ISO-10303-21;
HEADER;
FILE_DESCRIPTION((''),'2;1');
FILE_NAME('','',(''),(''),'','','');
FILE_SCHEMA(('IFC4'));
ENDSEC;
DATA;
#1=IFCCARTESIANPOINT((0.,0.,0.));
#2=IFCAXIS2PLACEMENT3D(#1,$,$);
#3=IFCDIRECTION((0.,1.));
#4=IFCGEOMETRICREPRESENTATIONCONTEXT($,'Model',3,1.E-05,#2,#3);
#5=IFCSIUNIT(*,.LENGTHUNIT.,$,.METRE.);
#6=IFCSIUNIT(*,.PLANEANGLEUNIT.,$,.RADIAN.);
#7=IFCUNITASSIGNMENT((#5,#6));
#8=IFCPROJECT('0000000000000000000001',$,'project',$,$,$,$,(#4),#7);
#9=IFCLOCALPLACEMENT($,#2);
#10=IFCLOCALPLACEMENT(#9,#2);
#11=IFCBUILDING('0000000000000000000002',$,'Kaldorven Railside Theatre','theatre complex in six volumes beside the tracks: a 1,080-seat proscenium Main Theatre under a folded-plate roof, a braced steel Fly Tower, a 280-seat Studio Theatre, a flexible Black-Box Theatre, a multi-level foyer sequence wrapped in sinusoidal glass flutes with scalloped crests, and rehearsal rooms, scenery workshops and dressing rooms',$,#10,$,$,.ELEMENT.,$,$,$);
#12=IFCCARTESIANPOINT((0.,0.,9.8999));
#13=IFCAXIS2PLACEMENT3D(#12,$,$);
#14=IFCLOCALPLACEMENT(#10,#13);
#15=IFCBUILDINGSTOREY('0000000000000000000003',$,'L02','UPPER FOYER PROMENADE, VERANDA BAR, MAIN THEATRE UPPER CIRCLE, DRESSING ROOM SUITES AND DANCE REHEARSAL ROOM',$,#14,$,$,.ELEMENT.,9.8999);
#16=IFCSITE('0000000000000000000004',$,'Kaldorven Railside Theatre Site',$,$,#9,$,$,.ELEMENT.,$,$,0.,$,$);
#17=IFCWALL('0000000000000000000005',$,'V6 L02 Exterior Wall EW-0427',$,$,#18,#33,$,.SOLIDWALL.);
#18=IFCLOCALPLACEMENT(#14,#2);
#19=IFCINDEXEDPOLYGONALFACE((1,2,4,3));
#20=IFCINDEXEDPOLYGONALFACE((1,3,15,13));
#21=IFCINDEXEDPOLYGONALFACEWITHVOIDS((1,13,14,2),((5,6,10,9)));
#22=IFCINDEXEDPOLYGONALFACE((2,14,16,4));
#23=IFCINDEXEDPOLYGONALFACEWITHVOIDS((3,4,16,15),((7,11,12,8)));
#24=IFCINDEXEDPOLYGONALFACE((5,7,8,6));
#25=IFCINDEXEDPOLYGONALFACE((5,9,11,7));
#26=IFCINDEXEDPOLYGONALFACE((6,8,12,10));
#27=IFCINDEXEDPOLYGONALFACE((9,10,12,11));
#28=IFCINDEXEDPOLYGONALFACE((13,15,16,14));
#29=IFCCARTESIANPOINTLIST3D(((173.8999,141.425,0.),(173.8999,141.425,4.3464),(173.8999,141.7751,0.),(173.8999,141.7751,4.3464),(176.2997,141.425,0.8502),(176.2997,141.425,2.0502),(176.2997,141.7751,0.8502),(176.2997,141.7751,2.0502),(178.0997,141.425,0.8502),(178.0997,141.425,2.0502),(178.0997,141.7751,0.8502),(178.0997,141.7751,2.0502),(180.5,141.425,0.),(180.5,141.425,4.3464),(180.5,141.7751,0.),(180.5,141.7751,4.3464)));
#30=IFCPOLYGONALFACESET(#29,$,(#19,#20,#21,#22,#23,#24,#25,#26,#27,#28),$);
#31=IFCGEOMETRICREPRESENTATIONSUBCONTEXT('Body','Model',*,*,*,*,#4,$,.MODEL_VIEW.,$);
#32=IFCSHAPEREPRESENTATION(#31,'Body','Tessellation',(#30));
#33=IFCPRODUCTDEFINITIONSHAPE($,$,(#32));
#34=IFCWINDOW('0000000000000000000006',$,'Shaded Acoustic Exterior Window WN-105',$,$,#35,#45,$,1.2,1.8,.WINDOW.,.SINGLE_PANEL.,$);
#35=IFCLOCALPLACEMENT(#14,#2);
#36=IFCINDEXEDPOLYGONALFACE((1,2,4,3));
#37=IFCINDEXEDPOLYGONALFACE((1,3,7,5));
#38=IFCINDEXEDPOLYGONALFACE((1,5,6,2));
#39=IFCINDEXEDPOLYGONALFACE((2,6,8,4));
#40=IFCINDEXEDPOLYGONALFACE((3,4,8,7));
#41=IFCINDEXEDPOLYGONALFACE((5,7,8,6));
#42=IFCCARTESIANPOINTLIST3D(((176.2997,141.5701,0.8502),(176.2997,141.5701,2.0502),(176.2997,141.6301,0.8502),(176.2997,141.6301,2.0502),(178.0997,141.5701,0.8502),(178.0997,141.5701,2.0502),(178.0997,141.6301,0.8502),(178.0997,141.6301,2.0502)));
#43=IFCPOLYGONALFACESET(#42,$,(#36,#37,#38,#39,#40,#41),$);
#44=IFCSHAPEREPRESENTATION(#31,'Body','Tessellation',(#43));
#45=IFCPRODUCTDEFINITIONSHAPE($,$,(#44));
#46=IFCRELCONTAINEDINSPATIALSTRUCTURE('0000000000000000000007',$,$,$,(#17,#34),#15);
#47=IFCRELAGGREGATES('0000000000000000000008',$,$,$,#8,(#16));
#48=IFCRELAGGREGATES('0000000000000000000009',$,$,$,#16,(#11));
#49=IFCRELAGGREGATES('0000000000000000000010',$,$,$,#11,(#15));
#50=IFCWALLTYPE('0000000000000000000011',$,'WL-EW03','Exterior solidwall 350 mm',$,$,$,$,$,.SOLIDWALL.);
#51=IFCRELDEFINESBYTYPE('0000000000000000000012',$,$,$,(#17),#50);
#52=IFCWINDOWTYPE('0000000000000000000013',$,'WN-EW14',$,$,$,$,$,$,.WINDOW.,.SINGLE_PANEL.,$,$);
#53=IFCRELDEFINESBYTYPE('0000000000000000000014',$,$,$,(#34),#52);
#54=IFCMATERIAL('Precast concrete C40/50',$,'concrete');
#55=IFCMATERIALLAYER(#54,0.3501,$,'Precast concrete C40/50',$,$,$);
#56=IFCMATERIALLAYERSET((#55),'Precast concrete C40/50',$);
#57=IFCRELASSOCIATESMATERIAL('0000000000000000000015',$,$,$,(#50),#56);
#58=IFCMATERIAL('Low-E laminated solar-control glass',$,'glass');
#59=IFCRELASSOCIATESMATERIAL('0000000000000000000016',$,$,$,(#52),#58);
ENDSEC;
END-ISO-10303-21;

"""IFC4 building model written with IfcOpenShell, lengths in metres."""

from ifc_helpers import new_model, si_unit, direction, frame, frame_2d, origin, place, context, subcontext, project, spatial, rectangle, extrude, material, layer, layer_set, type_object, element, fill, save


model = new_model("IFC4")

# Units and contexts
model_context = context("Model", 3, precision=1e-05, world=origin(), true_north=direction((0.0, 1.0)))
body_context = subcontext(model_context, "Body", "Model", "MODEL_VIEW")
ifc_project = project(units=[si_unit("LENGTHUNIT", "METRE"), si_unit("PLANEANGLEUNIT", "RADIAN")], contexts=[model_context])

# Site, building, storey
site_placement = place(None, origin())
site = spatial("IfcSite", under=ifc_project, at=site_placement, Name="Kaldorven Railside Theatre Site", CompositionType="ELEMENT", RefElevation=0.0)
building_placement = place(site_placement, origin())
building = spatial("IfcBuilding", under=site, at=building_placement, Name="Kaldorven Railside Theatre", Description="theatre complex in six volumes beside the tracks: a 1,080-seat proscenium Main Theatre under a folded-plate roof, a braced steel Fly Tower, a 280-seat Studio Theatre, a flexible Black-Box Theatre, a multi-level foyer sequence wrapped in sinusoidal glass flutes with scalloped crests, and rehearsal rooms, scenery workshops and dressing rooms", CompositionType="ELEMENT")
storey_placement = place(building_placement, frame((0.0, 0.0, 9.8999)))
storey = spatial("IfcBuildingStorey", under=building, at=storey_placement, Name="L02", Description="UPPER FOYER PROMENADE, VERANDA BAR, MAIN THEATRE UPPER CIRCLE, DRESSING ROOM SUITES AND DANCE REHEARSAL ROOM", CompositionType="ELEMENT", Elevation=9.8999)

# Wall, opening, window
ifc_material_1 = material(Name="Precast concrete C40/50", Category="concrete")
ifc_layer = layer(ifc_material_1, 0.3501, Name="Precast concrete C40/50")
ifc_layer_set = layer_set([ifc_layer], Name="Precast concrete C40/50")
wall_type = type_object("IfcWallType", Name="WL-EW03", Description="Exterior solidwall 350 mm", PredefinedType="SOLIDWALL", material=ifc_layer_set)
ifc_material_2 = material(Name="Low-E laminated solar-control glass", Category="glass")
wall_1_placement = place(storey_placement, frame((173.8999, 141.6001, 0.0), z_axis=(0.0, 0.0, 1.0), x_axis=(1.0, 0.0, 0.0)))
wall_1 = element("IfcWall", 1, at=wall_1_placement, inside=storey, type_object=wall_type, Name="V6 L02 Exterior Wall EW-0427", PredefinedType="SOLIDWALL", context=body_context, shape_type="SweptSolid", body=[
    extrude(rectangle(XDim=6.6001, YDim=0.3501, at=frame_2d((3.3, 0.0))), origin(), (0.0, 0.0, 1.0), 4.3464),
])
opening_1_placement = place(wall_1_placement, frame((2.3999, 0.0, 0.8501)))
opening_1 = element("IfcOpeningElement", 2, at=opening_1_placement, cuts=wall_1, PredefinedType="OPENING", context=body_context, shape_type="SweptSolid", body=[
    extrude(rectangle(XDim=1.8, YDim=1.2, at=frame_2d((0.8999, 0.6001))), frame((0.0, 0.1851, 0.0), z_axis=(0.0, -1.0, 0.0), x_axis=(1.0, 0.0, 0.0)), (0.0, 0.0, 1.0), 0.3701),
])
window_type_1 = type_object("IfcWindowType", Name="WN-EW14", PartitioningType="SINGLE_PANEL", PredefinedType="WINDOW", material=ifc_material_2)
window_1_placement = place(opening_1_placement, origin())
window_1 = element("IfcWindow", 3, at=window_1_placement, inside=storey, type_object=window_type_1, Name="Shaded Acoustic Exterior Window WN-105", OverallHeight=1.2, OverallWidth=1.8, PartitioningType="SINGLE_PANEL", PredefinedType="WINDOW", context=body_context, shape_type="SweptSolid", body=[
    extrude(rectangle(XDim=1.8, YDim=1.2, at=frame_2d((0.8999, 0.6001))), frame((0.0, 0.03, 0.0), z_axis=(0.0, -1.0, 0.0), x_axis=(1.0, 0.0, 0.0)), (0.0, 0.0, 1.0), 0.0601),
])
fill(opening_1, window_1)

save(model, "model.ifc")
